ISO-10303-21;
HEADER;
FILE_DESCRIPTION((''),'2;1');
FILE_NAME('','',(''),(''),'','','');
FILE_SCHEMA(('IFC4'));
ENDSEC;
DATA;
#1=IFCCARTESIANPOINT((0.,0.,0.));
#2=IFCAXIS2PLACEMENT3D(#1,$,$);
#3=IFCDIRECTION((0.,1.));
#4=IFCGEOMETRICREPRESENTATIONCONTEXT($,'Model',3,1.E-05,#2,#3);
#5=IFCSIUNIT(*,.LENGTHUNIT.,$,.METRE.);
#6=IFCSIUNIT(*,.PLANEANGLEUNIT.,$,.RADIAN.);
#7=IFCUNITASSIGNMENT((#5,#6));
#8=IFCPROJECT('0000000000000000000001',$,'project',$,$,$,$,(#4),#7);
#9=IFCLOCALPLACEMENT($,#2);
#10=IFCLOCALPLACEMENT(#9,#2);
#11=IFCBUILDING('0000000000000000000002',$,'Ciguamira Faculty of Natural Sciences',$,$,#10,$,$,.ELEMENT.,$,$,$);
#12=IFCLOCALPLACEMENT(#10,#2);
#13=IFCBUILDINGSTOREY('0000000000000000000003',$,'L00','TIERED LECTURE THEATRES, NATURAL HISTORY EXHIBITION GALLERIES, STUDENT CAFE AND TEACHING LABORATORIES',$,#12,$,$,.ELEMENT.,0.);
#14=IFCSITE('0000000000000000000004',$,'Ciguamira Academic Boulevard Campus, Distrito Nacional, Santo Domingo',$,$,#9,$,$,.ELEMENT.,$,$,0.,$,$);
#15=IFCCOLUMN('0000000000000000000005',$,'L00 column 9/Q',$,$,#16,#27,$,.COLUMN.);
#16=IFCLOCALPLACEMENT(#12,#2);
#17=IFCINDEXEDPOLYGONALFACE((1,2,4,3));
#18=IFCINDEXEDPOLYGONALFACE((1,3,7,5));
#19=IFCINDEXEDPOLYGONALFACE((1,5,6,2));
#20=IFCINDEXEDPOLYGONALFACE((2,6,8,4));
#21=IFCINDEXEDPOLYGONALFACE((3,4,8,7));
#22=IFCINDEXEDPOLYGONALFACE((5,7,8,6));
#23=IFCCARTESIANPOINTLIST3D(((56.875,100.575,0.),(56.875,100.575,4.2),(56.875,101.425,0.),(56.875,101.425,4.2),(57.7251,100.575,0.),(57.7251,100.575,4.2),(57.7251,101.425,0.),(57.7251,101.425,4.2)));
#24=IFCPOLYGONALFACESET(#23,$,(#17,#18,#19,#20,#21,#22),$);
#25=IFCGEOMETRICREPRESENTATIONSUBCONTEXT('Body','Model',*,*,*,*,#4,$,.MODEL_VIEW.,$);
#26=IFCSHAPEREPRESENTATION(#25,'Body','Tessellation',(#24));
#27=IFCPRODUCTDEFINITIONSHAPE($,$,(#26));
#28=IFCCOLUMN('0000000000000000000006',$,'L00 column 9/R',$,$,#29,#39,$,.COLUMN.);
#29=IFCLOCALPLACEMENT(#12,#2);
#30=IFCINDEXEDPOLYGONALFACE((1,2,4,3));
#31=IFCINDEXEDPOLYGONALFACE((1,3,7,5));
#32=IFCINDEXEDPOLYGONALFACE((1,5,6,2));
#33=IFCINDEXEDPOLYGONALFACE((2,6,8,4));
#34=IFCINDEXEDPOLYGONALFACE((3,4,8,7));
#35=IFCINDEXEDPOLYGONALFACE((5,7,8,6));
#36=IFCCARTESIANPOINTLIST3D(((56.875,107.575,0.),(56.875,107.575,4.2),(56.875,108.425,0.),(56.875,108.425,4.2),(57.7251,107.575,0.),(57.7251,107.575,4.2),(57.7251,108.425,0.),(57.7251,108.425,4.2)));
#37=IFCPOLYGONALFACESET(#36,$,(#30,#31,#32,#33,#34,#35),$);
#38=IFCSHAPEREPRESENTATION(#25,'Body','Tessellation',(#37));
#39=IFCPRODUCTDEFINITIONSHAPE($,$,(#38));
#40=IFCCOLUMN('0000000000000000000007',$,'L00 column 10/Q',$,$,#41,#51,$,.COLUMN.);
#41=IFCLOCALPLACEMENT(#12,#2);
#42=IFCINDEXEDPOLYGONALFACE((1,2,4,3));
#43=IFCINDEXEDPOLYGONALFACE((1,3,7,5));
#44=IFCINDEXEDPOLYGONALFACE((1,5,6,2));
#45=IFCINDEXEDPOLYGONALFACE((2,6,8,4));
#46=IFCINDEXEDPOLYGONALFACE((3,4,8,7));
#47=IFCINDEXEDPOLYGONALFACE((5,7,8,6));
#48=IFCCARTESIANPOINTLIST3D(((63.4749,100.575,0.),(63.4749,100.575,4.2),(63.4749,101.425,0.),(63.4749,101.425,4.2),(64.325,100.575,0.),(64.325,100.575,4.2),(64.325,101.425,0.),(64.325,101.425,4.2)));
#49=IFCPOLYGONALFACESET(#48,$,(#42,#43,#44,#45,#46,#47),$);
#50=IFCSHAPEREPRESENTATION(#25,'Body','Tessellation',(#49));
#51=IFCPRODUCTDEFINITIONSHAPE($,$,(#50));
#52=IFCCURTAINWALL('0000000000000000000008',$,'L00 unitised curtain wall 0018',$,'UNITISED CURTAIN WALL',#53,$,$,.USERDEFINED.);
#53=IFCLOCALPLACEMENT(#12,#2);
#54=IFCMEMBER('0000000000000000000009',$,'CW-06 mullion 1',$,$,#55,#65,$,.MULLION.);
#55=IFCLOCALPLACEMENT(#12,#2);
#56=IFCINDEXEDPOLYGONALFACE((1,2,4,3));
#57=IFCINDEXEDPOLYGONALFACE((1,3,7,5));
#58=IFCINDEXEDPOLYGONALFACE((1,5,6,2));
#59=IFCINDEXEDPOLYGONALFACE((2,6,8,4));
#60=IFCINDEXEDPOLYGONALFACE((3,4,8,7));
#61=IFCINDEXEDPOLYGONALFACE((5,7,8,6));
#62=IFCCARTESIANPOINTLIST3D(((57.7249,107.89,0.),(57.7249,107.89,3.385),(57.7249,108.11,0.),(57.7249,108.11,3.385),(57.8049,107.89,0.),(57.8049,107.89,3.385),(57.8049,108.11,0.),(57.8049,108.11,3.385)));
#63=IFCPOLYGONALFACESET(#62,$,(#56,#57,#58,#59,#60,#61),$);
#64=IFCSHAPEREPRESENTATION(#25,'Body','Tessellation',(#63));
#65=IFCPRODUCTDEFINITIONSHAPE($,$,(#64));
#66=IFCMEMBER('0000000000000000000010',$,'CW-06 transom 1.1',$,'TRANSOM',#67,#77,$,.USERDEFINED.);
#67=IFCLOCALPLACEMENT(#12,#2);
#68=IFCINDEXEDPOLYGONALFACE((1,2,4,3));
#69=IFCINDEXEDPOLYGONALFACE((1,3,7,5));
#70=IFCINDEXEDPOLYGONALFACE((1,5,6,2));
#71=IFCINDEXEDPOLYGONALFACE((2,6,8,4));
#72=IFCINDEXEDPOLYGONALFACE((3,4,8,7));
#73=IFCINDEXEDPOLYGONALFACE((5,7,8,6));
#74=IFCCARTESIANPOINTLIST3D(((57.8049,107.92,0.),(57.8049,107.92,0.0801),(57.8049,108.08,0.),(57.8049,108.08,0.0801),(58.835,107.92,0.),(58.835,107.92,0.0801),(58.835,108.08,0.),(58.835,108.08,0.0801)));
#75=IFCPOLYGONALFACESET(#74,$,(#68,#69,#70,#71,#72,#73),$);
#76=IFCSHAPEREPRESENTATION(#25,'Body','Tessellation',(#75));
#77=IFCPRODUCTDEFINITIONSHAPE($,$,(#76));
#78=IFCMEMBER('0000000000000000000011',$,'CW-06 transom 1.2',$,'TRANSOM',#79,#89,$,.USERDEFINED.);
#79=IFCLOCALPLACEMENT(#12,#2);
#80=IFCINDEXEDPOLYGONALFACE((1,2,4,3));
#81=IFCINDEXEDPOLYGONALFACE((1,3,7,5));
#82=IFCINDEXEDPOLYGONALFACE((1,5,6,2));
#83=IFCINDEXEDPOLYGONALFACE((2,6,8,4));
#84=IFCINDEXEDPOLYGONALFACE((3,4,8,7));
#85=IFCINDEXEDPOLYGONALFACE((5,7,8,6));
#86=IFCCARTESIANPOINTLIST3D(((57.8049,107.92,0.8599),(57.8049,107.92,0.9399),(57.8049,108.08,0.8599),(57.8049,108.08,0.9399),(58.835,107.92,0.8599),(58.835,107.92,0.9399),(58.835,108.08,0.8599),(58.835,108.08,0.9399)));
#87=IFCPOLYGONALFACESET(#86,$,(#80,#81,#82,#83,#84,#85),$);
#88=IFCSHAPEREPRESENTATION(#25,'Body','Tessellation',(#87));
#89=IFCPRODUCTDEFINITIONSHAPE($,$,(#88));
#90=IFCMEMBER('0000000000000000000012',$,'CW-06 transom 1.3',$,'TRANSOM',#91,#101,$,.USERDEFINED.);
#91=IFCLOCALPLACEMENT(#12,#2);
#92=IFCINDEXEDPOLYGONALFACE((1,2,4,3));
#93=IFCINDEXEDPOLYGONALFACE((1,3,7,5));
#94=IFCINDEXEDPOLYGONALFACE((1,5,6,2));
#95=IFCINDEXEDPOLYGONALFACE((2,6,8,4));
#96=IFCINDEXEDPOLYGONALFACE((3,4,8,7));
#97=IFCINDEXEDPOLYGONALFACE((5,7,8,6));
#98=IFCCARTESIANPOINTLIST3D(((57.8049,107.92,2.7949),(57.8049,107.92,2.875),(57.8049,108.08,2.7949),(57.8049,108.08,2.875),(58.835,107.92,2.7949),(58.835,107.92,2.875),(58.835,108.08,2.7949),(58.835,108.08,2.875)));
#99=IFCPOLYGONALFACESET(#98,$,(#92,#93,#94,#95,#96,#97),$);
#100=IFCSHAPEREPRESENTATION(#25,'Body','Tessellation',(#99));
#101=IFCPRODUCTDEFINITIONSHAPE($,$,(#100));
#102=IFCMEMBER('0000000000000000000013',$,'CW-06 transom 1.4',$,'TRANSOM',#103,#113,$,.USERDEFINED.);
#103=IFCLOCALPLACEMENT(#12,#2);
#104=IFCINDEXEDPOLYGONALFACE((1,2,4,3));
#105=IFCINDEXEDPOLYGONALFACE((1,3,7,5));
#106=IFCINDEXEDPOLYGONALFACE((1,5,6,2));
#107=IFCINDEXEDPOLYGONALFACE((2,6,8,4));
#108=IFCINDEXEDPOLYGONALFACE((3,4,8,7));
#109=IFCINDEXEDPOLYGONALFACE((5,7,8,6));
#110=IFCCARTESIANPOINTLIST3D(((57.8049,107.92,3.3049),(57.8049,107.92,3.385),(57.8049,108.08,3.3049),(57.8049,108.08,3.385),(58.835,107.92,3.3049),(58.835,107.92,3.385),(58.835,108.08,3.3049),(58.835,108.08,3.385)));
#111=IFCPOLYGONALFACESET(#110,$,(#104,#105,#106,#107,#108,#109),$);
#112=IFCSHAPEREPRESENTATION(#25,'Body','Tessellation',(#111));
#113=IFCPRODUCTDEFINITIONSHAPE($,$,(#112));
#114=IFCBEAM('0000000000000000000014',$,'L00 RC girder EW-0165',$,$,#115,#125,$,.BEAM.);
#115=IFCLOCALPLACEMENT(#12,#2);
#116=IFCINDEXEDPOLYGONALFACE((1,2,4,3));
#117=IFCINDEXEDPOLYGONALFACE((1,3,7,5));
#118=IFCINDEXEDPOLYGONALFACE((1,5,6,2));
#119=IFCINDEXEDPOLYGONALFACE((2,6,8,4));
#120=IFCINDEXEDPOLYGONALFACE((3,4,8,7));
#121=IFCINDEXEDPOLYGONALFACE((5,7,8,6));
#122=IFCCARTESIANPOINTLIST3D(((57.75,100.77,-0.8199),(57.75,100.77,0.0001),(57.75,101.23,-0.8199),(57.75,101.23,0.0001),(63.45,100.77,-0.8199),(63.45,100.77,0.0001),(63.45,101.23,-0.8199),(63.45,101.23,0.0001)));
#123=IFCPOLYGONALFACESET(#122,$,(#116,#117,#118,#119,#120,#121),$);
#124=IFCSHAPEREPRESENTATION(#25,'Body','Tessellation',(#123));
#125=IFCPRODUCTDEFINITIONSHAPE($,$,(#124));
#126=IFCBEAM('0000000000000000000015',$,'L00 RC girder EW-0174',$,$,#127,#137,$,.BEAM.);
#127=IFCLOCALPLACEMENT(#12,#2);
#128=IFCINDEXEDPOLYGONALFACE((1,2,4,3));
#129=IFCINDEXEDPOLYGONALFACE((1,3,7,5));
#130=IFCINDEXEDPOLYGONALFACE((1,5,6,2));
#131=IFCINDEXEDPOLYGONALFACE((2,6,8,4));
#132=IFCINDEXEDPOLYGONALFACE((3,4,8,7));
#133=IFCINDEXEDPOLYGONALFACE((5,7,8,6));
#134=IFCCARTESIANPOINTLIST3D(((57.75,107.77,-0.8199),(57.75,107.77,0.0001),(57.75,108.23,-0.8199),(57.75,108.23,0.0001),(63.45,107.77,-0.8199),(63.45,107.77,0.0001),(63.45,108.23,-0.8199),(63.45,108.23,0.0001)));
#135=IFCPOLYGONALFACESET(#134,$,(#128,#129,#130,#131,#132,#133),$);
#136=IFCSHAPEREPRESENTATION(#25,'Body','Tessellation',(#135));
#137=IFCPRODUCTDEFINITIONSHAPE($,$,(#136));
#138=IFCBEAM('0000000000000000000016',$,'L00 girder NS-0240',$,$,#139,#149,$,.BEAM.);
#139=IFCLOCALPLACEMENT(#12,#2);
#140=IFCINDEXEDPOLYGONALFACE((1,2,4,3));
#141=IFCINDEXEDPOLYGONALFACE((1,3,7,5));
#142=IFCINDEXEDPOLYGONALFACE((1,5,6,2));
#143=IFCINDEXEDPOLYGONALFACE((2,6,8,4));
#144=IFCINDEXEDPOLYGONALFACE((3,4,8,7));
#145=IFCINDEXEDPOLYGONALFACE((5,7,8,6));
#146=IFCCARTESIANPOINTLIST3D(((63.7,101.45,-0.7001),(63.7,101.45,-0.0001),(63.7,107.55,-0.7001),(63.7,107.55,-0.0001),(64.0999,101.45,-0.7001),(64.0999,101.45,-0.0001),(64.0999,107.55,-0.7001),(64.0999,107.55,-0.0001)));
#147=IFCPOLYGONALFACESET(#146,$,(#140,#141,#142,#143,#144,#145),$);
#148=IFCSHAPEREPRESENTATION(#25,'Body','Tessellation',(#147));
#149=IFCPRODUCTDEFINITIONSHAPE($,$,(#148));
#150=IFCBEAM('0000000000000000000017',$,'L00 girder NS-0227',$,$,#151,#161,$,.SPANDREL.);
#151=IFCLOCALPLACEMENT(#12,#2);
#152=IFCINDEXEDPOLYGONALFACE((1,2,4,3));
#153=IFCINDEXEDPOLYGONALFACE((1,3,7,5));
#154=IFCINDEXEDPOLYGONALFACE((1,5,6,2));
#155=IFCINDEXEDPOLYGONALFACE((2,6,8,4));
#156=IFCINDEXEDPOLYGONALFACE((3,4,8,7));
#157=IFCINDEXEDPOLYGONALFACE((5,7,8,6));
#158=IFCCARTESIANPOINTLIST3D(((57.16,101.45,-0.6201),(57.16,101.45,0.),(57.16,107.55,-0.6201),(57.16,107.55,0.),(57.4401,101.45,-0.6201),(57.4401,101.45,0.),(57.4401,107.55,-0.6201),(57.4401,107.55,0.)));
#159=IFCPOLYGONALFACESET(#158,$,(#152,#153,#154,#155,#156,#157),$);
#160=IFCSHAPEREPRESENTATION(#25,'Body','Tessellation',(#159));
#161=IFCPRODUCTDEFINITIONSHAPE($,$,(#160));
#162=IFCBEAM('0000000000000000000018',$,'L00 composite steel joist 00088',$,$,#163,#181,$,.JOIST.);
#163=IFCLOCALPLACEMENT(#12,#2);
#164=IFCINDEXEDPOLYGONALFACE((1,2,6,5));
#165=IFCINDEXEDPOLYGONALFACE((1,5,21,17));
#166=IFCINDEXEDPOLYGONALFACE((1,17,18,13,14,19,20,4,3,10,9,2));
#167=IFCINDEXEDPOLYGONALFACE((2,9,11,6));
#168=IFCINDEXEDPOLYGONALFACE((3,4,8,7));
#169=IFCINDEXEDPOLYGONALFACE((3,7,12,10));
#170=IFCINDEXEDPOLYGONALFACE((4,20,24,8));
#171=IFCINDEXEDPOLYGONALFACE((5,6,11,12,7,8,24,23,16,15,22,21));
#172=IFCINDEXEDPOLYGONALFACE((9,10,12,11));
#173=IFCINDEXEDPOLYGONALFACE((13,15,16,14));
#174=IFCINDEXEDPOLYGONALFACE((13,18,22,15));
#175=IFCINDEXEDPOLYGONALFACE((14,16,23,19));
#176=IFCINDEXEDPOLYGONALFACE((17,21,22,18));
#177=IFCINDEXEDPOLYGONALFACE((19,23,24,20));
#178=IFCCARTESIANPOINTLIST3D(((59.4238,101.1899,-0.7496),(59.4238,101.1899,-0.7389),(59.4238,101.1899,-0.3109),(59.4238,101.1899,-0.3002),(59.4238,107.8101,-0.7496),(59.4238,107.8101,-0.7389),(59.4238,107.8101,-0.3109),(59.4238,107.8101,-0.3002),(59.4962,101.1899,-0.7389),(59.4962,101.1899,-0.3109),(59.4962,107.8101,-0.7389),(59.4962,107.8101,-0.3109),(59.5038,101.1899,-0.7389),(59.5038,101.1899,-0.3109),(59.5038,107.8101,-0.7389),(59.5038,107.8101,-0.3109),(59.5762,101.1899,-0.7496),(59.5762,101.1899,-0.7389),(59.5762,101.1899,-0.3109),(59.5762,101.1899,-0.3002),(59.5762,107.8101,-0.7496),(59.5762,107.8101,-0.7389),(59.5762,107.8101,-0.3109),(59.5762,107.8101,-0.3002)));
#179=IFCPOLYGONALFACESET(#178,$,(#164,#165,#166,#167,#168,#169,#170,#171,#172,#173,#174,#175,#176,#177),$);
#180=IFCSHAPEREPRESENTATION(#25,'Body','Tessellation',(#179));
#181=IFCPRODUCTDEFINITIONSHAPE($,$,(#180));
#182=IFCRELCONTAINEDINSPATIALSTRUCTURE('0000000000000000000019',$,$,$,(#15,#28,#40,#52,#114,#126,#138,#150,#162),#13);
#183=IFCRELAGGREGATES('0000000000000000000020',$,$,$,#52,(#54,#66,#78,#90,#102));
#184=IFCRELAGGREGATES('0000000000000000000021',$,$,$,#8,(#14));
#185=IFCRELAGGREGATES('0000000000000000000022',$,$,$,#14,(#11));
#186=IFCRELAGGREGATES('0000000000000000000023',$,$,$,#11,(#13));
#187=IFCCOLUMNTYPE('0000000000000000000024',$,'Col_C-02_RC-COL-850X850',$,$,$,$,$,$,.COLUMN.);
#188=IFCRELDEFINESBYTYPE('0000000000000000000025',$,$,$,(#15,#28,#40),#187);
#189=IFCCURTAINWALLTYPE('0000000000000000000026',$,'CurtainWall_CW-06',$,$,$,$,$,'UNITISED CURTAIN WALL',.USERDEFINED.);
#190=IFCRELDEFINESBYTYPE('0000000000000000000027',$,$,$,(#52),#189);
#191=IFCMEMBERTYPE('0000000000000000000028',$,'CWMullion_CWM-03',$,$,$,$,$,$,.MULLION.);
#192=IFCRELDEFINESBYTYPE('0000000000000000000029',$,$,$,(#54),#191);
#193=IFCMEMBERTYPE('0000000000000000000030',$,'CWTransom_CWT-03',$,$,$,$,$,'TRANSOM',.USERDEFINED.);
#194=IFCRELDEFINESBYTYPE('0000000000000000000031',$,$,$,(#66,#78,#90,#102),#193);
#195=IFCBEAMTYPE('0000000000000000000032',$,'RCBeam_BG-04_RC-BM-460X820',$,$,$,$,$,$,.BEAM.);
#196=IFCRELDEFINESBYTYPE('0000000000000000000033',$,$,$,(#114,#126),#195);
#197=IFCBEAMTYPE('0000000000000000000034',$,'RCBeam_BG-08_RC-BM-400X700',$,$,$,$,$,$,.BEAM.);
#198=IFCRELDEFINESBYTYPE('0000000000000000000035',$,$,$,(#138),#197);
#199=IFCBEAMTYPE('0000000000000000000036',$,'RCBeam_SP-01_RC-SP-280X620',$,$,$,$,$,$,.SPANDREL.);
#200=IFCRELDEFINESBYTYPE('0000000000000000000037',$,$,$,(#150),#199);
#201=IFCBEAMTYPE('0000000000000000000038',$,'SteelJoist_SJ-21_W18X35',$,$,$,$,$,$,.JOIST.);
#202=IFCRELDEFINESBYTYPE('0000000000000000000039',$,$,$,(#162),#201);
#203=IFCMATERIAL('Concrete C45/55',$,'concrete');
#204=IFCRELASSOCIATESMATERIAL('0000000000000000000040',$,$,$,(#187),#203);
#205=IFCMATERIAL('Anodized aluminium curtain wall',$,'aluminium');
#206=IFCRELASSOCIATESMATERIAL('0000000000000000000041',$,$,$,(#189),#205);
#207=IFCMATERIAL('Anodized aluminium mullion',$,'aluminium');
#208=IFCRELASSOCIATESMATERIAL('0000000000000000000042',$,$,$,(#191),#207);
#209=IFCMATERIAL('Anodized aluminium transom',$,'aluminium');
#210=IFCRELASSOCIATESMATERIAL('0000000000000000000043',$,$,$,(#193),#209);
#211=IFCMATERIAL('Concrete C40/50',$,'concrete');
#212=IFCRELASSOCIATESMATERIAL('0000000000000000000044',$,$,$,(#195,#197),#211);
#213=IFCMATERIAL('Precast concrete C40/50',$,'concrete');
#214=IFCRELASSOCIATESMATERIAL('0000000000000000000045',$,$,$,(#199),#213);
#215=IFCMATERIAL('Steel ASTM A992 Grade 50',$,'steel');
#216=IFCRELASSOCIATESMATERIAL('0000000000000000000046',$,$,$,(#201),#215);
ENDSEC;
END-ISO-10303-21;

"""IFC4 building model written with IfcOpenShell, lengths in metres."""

from ifc_helpers import new_model, si_unit, direction, frame, origin, origin_2d, place, context, subcontext, project, spatial, rectangle, i_section, extrude, material, material_profile, profile_set, type_object, element, aggregate, save


model = new_model("IFC4")

# Units and contexts
model_context = context("Model", 3, precision=1e-05, world=origin(), true_north=direction((0.0, 1.0)))
body_context = subcontext(model_context, "Body", "Model", "MODEL_VIEW")
ifc_project = project(units=[si_unit("LENGTHUNIT", "METRE"), si_unit("PLANEANGLEUNIT", "RADIAN")], contexts=[model_context])

# Site, building, storey
site_placement = place(None, origin())
site = spatial("IfcSite", under=ifc_project, at=site_placement, Name="Ciguamira Academic Boulevard Campus, Distrito Nacional, Santo Domingo", CompositionType="ELEMENT", RefElevation=0.0)
building_placement = place(site_placement, origin())
building = spatial("IfcBuilding", under=site, at=building_placement, Name="Ciguamira Faculty of Natural Sciences", CompositionType="ELEMENT")
storey_placement = place(building_placement, origin())
storey = spatial("IfcBuildingStorey", under=building, at=storey_placement, Name="L00", Description="TIERED LECTURE THEATRES, NATURAL HISTORY EXHIBITION GALLERIES, STUDENT CAFE AND TEACHING LABORATORIES", CompositionType="ELEMENT", Elevation=0.0)

# Columns
ifc_material_1 = material(Name="Concrete C45/55", Category="concrete")
ifc_material_profile_1 = material_profile(ifc_material_1, rectangle(XDim=0.8501, YDim=0.8501, at=origin_2d()), Name="RC-COL-850X850")
ifc_profile_set_1 = profile_set([ifc_material_profile_1], Name="Concrete C45/55")
column_type = type_object("IfcColumnType", Name="Col_C-02_RC-COL-850X850", PredefinedType="COLUMN", material=ifc_profile_set_1)
for number, where, z_axis, x_axis, name in (
    (1, (57.3, 101.0, 0.0), (0.0, 0.0, 1.0), (1.0, 0.0, 0.0), "L00 column 9/Q"),
    (2, (57.3, 108.0, 0.0), (0.0, 0.0, 1.0), (1.0, 0.0, 0.0), "L00 column 9/R"),
    (3, (63.8999, 101.0, 0.0), (0.0, 0.0, 1.0), (1.0, 0.0, 0.0), "L00 column 10/Q"),
):
    element("IfcColumn", number, at=place(storey_placement, frame(where, z_axis=z_axis, x_axis=x_axis)), inside=storey, type_object=column_type, Name=name, PredefinedType="COLUMN", context=body_context, shape_type="SweptSolid", body=[
        extrude(rectangle(XDim=0.8501, YDim=0.8501, at=origin_2d()), origin(), (0.0, 0.0, 1.0), 4.2),
    ])

# Curtain wall, members
ifc_material_2 = material(Name="Anodized aluminium curtain wall", Category="aluminium")
curtain_wall_type = type_object("IfcCurtainWallType", Name="CurtainWall_CW-06", ElementType="UNITISED CURTAIN WALL", PredefinedType="USERDEFINED", material=ifc_material_2)
curtain_wall_placement = place(storey_placement, origin())
curtain_wall = element("IfcCurtainWall", 4, at=curtain_wall_placement, inside=storey, type_object=curtain_wall_type, Name="L00 unitised curtain wall 0018", ObjectType="UNITISED CURTAIN WALL", PredefinedType="USERDEFINED")
ifc_material_3 = material(Name="Anodized aluminium mullion", Category="aluminium")
ifc_material_profile_2 = material_profile(ifc_material_3, rectangle(XDim=0.0801, YDim=0.22, at=origin_2d()), Name="ALU-MUL-80X220")
ifc_profile_set_2 = profile_set([ifc_material_profile_2], Name="Anodized aluminium mullion")
member_type_1 = type_object("IfcMemberType", Name="CWMullion_CWM-03", PredefinedType="MULLION", material=ifc_profile_set_2)
member_1_placement = place(storey_placement, frame((57.7649, 108.0, 0.0), z_axis=(0.0, 0.0, 1.0), x_axis=(1.0, 0.0, 0.0)))
member_1 = element("IfcMember", 5, at=member_1_placement, type_object=member_type_1, Name="CW-06 mullion 1", PredefinedType="MULLION", context=body_context, shape_type="SweptSolid", body=[
    extrude(rectangle(XDim=0.0801, YDim=0.22, at=origin_2d()), origin(), (0.0, 0.0, 1.0), 3.385),
])
ifc_material_4 = material(Name="Anodized aluminium transom", Category="aluminium")
ifc_material_profile_3 = material_profile(ifc_material_4, rectangle(XDim=0.0801, YDim=0.1599, at=origin_2d()), Name="ALU-TRN-80X160")
ifc_profile_set_3 = profile_set([ifc_material_profile_3], Name="Anodized aluminium transom")
member_type_2 = type_object("IfcMemberType", Name="CWTransom_CWT-03", ElementType="TRANSOM", PredefinedType="USERDEFINED", material=ifc_profile_set_3)
member_2_placement = place(storey_placement, frame((57.8049, 108.0, 0.04), z_axis=(1.0, 0.0, 0.0), x_axis=(0.0, 0.0, 1.0)))
member_2 = element("IfcMember", 6, at=member_2_placement, type_object=member_type_2, Name="CW-06 transom 1.1", ObjectType="TRANSOM", PredefinedType="USERDEFINED", context=body_context, shape_type="SweptSolid", body=[
    extrude(rectangle(XDim=0.0801, YDim=0.1599, at=origin_2d()), origin(), (0.0, 0.0, 1.0), 1.03),
])
member_3_placement = place(storey_placement, frame((57.8049, 108.0, 0.8999), z_axis=(1.0, 0.0, 0.0), x_axis=(0.0, 0.0, 1.0)))
member_3 = element("IfcMember", 7, at=member_3_placement, type_object=member_type_2, Name="CW-06 transom 1.2", ObjectType="TRANSOM", PredefinedType="USERDEFINED", context=body_context, shape_type="SweptSolid", body=[
    extrude(rectangle(XDim=0.0801, YDim=0.1599, at=origin_2d()), origin(), (0.0, 0.0, 1.0), 1.03),
])
member_4_placement = place(storey_placement, frame((57.8049, 108.0, 2.835), z_axis=(1.0, 0.0, 0.0), x_axis=(0.0, 0.0, 1.0)))
member_4 = element("IfcMember", 8, at=member_4_placement, type_object=member_type_2, Name="CW-06 transom 1.3", ObjectType="TRANSOM", PredefinedType="USERDEFINED", context=body_context, shape_type="SweptSolid", body=[
    extrude(rectangle(XDim=0.0801, YDim=0.1599, at=origin_2d()), origin(), (0.0, 0.0, 1.0), 1.03),
])
member_5_placement = place(storey_placement, frame((57.8049, 108.0, 3.345), z_axis=(1.0, 0.0, 0.0), x_axis=(0.0, 0.0, 1.0)))
member_5 = element("IfcMember", 9, at=member_5_placement, type_object=member_type_2, Name="CW-06 transom 1.4", ObjectType="TRANSOM", PredefinedType="USERDEFINED", context=body_context, shape_type="SweptSolid", body=[
    extrude(rectangle(XDim=0.0801, YDim=0.1599, at=origin_2d()), origin(), (0.0, 0.0, 1.0), 1.03),
])

# Beams
ifc_material_5 = material(Name="Concrete C40/50", Category="concrete")
ifc_material_profile_4 = material_profile(ifc_material_5, rectangle(XDim=0.46, YDim=0.8201, at=origin_2d()), Name="RC-BM-460X820")
ifc_profile_set_4 = profile_set([ifc_material_profile_4], Name="Concrete C40/50")
beam_type_1 = type_object("IfcBeamType", Name="RCBeam_BG-04_RC-BM-460X820", PredefinedType="BEAM", material=ifc_profile_set_4)
for number, where, z_axis, x_axis, name in (
    (10, (57.75, 101.0, -0.4099), (1.0, 0.0, 0.0), (0.0, 1.0, 0.0), "L00 RC girder EW-0165"),
    (11, (57.75, 108.0, -0.4099), (1.0, 0.0, 0.0), (0.0, 1.0, 0.0), "L00 RC girder EW-0174"),
):
    element("IfcBeam", number, at=place(storey_placement, frame(where, z_axis=z_axis, x_axis=x_axis)), inside=storey, type_object=beam_type_1, Name=name, PredefinedType="BEAM", context=body_context, shape_type="SweptSolid", body=[
        extrude(rectangle(XDim=0.46, YDim=0.8201, at=origin_2d()), origin(), (0.0, 0.0, 1.0), 5.7),
    ])
ifc_material_profile_5 = material_profile(ifc_material_5, rectangle(XDim=0.3999, YDim=0.7, at=origin_2d()), Name="RC-BM-400X700")
ifc_profile_set_5 = profile_set([ifc_material_profile_5], Name="Concrete C40/50")
beam_type_2 = type_object("IfcBeamType", Name="RCBeam_BG-08_RC-BM-400X700", PredefinedType="BEAM", material=ifc_profile_set_5)
beam_1_placement = place(storey_placement, frame((63.8999, 101.45, -0.3501), z_axis=(0.0, 1.0, 0.0), x_axis=(-1.0, 0.0, 0.0)))
element("IfcBeam", 12, at=beam_1_placement, inside=storey, type_object=beam_type_2, Name="L00 girder NS-0240", PredefinedType="BEAM", context=body_context, shape_type="SweptSolid", body=[
    extrude(rectangle(XDim=0.3999, YDim=0.7, at=origin_2d()), origin(), (0.0, 0.0, 1.0), 6.1001),
])
ifc_material_6 = material(Name="Precast concrete C40/50", Category="concrete")
ifc_material_profile_6 = material_profile(ifc_material_6, rectangle(XDim=0.28, YDim=0.6201, at=origin_2d()), Name="RC-SP-280X620")
ifc_profile_set_6 = profile_set([ifc_material_profile_6], Name="Precast concrete C40/50")
beam_type_3 = type_object("IfcBeamType", Name="RCBeam_SP-01_RC-SP-280X620", PredefinedType="SPANDREL", material=ifc_profile_set_6)
beam_2_placement = place(storey_placement, frame((57.3, 101.45, -0.3101), z_axis=(0.0, 1.0, 0.0), x_axis=(-1.0, 0.0, 0.0)))
element("IfcBeam", 13, at=beam_2_placement, inside=storey, type_object=beam_type_3, Name="L00 girder NS-0227", PredefinedType="SPANDREL", context=body_context, shape_type="SweptSolid", body=[
    extrude(rectangle(XDim=0.28, YDim=0.6201, at=origin_2d()), origin(), (0.0, 0.0, 1.0), 6.1001),
])
ifc_material_7 = material(Name="Steel ASTM A992 Grade 50", Category="steel")
ifc_material_profile_7 = material_profile(ifc_material_7, i_section(OverallWidth=0.1523, OverallDepth=0.4495, WebThickness=0.0076, FlangeThickness=0.0107, at=origin_2d()), Name="W18X35")
ifc_profile_set_7 = profile_set([ifc_material_profile_7], Name="Steel ASTM A992 Grade 50")
beam_type_4 = type_object("IfcBeamType", Name="SteelJoist_SJ-21_W18X35", PredefinedType="JOIST", material=ifc_profile_set_7)
beam_3_placement = place(storey_placement, frame((59.5, 101.1899, -0.5249), z_axis=(0.0, 1.0, 0.0), x_axis=(-1.0, 0.0, 0.0)))
element("IfcBeam", 14, at=beam_3_placement, inside=storey, type_object=beam_type_4, Name="L00 composite steel joist 00088", PredefinedType="JOIST", context=body_context, shape_type="SweptSolid", body=[
    extrude(i_section(OverallWidth=0.1523, OverallDepth=0.4495, WebThickness=0.0076, FlangeThickness=0.0107, at=origin_2d()), origin(), (0.0, 0.0, 1.0), 6.6201),
])

aggregate(curtain_wall, [member_1, member_2, member_3, member_4, member_5])

save(model, "model.ifc")
